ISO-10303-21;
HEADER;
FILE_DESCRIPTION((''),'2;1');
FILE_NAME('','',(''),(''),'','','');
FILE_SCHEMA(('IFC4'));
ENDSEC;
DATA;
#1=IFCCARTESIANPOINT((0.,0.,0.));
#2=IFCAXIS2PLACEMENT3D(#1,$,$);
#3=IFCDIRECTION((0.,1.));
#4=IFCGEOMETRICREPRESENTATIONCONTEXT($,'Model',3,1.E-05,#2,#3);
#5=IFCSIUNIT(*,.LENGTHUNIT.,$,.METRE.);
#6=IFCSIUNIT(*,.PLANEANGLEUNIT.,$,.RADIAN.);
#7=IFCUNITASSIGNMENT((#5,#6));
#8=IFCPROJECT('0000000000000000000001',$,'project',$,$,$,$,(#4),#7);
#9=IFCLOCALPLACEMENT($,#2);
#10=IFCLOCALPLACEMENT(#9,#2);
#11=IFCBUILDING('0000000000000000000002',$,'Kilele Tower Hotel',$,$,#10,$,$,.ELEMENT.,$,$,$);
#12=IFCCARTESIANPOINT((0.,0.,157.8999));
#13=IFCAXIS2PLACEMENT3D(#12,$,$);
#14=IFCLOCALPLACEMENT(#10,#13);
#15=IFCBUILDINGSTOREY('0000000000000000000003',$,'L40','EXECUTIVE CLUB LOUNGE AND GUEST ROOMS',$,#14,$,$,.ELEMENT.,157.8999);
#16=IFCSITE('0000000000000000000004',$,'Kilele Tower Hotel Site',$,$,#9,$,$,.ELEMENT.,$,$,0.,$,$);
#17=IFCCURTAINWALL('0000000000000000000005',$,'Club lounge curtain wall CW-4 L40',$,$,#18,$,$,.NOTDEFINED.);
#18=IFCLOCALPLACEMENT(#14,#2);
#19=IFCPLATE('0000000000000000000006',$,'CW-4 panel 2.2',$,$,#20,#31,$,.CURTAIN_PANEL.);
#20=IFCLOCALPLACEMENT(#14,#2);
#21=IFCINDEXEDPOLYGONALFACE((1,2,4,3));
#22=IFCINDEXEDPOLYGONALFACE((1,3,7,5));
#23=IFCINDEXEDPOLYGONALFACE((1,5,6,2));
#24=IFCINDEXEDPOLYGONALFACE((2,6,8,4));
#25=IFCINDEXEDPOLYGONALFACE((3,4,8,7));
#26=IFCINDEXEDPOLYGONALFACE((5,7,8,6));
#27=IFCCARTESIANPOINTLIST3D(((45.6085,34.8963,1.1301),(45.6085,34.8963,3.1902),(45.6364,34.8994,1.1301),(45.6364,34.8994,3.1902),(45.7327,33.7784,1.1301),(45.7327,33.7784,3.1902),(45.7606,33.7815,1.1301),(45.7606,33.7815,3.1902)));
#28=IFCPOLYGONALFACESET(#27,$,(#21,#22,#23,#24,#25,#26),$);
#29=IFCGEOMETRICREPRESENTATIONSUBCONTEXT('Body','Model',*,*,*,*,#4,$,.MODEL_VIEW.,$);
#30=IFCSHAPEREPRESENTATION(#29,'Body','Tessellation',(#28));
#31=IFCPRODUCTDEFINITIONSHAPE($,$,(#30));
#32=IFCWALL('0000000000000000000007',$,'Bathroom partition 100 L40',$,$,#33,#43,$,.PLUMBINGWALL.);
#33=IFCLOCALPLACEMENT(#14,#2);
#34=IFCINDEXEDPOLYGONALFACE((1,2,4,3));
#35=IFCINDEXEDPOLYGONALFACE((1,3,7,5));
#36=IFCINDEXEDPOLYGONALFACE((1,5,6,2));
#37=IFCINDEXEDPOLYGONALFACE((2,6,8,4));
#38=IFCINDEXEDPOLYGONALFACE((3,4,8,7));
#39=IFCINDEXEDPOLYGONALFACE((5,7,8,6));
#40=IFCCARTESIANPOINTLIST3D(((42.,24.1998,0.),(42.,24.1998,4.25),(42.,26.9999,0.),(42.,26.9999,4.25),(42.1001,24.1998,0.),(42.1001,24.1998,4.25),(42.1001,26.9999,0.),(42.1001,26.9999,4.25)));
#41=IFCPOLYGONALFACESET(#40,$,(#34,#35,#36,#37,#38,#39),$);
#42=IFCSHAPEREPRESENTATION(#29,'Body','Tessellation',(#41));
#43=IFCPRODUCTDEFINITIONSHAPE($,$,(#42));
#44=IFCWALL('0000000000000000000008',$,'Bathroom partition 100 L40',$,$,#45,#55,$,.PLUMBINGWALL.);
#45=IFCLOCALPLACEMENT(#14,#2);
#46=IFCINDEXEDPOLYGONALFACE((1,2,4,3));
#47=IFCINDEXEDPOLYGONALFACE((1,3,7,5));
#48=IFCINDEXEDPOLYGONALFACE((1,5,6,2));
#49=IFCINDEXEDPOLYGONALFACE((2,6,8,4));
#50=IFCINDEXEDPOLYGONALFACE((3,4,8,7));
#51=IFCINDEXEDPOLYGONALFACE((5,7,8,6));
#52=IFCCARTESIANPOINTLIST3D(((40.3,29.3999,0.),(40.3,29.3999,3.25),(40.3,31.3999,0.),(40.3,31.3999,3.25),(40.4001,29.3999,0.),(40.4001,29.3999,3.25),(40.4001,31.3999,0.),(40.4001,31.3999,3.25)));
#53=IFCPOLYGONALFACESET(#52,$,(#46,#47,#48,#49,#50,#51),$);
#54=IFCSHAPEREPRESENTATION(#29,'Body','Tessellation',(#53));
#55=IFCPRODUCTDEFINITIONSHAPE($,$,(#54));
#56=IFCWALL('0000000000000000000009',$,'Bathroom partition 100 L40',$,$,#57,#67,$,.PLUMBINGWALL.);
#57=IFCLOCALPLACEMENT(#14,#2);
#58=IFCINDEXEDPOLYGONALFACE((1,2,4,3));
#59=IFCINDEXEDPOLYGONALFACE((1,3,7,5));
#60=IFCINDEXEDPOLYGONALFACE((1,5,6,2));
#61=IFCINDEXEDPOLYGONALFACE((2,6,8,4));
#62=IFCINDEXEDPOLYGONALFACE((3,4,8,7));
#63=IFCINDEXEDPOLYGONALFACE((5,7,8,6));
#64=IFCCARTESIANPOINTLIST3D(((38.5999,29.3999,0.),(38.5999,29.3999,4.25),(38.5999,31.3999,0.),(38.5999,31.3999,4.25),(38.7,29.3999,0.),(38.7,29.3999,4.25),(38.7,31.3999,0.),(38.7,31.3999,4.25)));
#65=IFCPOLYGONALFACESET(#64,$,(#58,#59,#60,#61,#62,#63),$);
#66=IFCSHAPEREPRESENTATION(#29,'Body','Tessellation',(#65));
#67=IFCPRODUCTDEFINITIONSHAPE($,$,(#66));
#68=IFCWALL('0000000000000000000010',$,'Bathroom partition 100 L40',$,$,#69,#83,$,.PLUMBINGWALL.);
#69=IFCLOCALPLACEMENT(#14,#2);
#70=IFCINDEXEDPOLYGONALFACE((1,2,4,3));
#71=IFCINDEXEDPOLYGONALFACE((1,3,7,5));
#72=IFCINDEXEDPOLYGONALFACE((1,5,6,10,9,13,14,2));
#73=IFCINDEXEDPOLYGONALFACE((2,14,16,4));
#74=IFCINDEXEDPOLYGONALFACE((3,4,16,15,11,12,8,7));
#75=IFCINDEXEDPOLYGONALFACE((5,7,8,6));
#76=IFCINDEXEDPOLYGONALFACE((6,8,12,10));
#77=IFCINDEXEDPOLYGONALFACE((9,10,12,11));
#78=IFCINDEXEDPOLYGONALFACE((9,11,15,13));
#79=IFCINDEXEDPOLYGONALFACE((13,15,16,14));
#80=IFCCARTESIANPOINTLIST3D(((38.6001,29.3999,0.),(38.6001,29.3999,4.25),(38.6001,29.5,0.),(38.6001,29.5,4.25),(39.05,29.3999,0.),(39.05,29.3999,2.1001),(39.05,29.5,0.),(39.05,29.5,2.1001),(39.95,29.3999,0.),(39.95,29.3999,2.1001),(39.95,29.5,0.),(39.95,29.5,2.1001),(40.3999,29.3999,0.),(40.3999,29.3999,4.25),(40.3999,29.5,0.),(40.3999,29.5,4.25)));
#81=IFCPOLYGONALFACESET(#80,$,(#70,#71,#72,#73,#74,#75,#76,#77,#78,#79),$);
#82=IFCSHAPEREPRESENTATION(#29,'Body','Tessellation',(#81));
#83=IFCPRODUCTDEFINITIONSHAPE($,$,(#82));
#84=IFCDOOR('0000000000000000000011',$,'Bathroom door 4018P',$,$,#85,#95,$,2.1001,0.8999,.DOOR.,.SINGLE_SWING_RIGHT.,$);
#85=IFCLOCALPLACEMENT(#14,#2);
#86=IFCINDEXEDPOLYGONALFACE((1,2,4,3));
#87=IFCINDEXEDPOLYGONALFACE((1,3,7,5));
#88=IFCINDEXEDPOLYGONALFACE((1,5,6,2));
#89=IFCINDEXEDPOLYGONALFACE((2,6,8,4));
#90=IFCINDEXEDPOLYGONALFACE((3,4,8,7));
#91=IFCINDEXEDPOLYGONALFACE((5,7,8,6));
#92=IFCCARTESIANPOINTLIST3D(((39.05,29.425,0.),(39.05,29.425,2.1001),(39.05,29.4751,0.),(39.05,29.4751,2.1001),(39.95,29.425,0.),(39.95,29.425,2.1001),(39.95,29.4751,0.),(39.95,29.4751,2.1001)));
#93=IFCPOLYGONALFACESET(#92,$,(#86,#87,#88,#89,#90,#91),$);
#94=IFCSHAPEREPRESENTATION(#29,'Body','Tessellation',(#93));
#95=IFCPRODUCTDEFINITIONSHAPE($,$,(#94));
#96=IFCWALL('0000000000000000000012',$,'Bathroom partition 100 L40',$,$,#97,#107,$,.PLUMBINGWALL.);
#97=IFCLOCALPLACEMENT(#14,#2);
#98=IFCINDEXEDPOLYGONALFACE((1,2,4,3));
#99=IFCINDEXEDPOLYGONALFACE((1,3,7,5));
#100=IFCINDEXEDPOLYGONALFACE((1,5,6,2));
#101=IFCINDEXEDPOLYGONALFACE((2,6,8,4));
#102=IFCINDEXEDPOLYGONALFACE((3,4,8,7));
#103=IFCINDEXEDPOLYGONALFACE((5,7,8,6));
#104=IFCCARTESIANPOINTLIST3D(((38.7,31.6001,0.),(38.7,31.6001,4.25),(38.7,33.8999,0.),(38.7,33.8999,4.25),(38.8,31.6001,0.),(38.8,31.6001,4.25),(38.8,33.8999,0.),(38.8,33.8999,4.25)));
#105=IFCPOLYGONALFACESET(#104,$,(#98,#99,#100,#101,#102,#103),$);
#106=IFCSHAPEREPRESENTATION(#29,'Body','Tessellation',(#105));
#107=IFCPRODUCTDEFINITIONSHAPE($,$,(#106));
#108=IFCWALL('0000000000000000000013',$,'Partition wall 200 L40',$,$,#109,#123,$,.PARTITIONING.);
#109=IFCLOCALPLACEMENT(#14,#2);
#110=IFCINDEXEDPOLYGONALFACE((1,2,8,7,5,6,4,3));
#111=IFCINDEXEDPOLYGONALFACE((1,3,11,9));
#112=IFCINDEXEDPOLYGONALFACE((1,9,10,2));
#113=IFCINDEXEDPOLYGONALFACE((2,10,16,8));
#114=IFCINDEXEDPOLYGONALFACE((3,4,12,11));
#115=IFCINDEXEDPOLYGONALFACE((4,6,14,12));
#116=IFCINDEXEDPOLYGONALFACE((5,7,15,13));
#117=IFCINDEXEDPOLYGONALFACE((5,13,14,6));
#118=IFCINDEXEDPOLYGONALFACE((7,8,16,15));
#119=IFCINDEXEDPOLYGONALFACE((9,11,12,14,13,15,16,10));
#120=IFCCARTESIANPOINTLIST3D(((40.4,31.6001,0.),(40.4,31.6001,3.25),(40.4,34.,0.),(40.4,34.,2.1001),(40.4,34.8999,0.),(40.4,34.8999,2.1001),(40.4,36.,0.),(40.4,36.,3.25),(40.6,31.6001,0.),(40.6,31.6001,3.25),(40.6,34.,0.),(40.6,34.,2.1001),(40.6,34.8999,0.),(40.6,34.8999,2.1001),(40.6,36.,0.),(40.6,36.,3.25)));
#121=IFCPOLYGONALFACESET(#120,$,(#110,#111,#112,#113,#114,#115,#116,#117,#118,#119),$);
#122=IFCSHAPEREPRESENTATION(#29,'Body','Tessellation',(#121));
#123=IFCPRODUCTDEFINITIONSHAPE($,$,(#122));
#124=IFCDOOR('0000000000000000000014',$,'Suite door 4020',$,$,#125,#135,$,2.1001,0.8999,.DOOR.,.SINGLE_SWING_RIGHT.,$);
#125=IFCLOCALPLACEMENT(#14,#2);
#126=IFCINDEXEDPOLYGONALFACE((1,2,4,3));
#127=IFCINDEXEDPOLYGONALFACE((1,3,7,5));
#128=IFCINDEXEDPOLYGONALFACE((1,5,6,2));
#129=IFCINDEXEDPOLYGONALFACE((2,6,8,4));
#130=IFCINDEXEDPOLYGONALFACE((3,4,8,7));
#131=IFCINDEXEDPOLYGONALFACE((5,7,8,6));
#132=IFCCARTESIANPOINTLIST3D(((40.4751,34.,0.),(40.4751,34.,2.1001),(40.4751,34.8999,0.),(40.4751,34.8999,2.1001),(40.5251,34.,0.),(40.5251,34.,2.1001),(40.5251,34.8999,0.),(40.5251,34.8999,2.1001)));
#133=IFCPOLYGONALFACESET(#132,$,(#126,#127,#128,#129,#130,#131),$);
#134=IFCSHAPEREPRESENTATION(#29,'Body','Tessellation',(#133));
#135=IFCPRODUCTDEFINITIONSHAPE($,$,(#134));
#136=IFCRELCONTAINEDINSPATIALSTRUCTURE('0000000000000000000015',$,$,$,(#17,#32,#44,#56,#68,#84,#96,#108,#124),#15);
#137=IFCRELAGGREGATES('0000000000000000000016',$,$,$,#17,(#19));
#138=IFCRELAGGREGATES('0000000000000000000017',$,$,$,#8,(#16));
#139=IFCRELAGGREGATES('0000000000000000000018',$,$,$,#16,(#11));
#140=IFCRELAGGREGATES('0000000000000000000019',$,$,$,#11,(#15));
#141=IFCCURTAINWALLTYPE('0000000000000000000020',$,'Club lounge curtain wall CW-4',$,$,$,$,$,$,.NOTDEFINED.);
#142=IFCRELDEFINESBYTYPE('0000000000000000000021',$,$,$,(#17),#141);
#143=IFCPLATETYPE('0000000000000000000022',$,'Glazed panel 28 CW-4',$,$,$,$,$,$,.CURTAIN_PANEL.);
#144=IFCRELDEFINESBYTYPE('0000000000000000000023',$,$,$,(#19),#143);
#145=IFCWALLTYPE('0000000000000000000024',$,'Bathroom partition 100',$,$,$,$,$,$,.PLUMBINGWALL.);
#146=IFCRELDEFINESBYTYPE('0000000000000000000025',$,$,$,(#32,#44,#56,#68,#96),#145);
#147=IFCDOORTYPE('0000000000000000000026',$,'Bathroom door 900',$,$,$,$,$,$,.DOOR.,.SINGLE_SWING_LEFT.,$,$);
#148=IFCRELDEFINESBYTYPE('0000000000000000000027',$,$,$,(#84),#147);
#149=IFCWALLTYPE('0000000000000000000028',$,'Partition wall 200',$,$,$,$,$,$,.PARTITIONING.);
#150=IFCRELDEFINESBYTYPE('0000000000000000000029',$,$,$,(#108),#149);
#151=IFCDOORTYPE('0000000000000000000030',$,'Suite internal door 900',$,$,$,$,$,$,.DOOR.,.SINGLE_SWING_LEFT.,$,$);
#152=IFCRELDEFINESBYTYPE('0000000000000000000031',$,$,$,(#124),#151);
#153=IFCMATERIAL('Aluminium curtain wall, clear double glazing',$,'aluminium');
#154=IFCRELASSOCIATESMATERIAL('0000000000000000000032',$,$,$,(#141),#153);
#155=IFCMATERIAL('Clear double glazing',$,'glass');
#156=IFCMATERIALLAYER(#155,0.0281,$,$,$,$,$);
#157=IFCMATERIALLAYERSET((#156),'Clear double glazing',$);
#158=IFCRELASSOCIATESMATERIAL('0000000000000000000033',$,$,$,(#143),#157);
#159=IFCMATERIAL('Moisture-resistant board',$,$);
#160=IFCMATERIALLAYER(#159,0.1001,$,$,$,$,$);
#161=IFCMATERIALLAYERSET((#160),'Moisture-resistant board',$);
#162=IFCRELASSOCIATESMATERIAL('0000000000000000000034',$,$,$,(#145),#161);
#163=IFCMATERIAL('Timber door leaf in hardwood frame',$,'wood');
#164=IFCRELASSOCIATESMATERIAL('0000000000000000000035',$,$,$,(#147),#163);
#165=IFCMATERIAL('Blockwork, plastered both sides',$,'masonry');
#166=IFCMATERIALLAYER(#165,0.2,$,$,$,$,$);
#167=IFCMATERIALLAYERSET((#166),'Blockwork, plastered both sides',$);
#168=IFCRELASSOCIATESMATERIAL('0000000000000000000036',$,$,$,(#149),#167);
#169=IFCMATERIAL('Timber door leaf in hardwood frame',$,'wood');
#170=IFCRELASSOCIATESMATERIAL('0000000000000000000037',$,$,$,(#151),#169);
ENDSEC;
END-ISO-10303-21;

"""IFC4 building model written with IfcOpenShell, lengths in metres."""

from ifc_helpers import new_model, si_unit, direction, frame, frame_2d, origin, origin_2d, place, context, subcontext, project, spatial, rectangle, extrude, material, layer, layer_set, type_object, element, fill, aggregate, save


model = new_model("IFC4")

# Units and contexts
model_context = context("Model", 3, precision=1e-05, world=origin(), true_north=direction((0.0, 1.0)))
body_context = subcontext(model_context, "Body", "Model", "MODEL_VIEW")
ifc_project = project(units=[si_unit("LENGTHUNIT", "METRE"), si_unit("PLANEANGLEUNIT", "RADIAN")], contexts=[model_context])

# Site, building, storey
site_placement = place(None, origin())
site = spatial("IfcSite", under=ifc_project, at=site_placement, Name="Kilele Tower Hotel Site", CompositionType="ELEMENT", RefElevation=0.0)
building_placement = place(site_placement, origin())
building = spatial("IfcBuilding", under=site, at=building_placement, Name="Kilele Tower Hotel", CompositionType="ELEMENT")
storey_placement = place(building_placement, frame((0.0, 0.0, 157.8999)))
storey = spatial("IfcBuildingStorey", under=building, at=storey_placement, Name="L40", Description="EXECUTIVE CLUB LOUNGE AND GUEST ROOMS", CompositionType="ELEMENT", Elevation=157.8999)

# Shared definitions
ifc_material_1 = material(Name="Aluminium curtain wall, clear double glazing", Category="aluminium")
curtain_wall_type = type_object("IfcCurtainWallType", Name="Club lounge curtain wall CW-4", PredefinedType="NOTDEFINED", material=ifc_material_1)

# Curtain wall
curtain_wall_1_placement = place(storey_placement, origin())
curtain_wall_1 = element("IfcCurtainWall", 1, at=curtain_wall_1_placement, inside=storey, type_object=curtain_wall_type, Name="Club lounge curtain wall CW-4 L40", PredefinedType="NOTDEFINED")

# Plate
ifc_material_2 = material(Name="Clear double glazing", Category="glass")
ifc_layer_1 = layer(ifc_material_2, 0.0281)
ifc_layer_set_1 = layer_set([ifc_layer_1], Name="Clear double glazing")
plate_type = type_object("IfcPlateType", Name="Glazed panel 28 CW-4", PredefinedType="CURTAIN_PANEL", material=ifc_layer_set_1)
plate_1_placement = place(storey_placement, frame((45.6846, 34.3389, 1.1301), z_axis=(0.0, 0.0, 1.0), x_axis=(-0.110432, 0.993884, 0.0)))
plate_1 = element("IfcPlate", 2, at=plate_1_placement, type_object=plate_type, Name="CW-4 panel 2.2", PredefinedType="CURTAIN_PANEL", context=body_context, shape_type="SweptSolid", body=[
    extrude(rectangle(XDim=1.1248, YDim=0.0281, at=origin_2d()), origin(), (0.0, 0.0, 1.0), 2.0601),
])
aggregate(curtain_wall_1, [plate_1])

# Walls
ifc_material_3 = material(Name="Moisture-resistant board")
ifc_layer_2 = layer(ifc_material_3, 0.1001)
ifc_layer_set_2 = layer_set([ifc_layer_2], Name="Moisture-resistant board")
wall_type_1 = type_object("IfcWallType", Name="Bathroom partition 100", PredefinedType="PLUMBINGWALL", material=ifc_layer_set_2)
wall_1_placement = place(storey_placement, frame((42.05, 24.2, 0.0), z_axis=(0.0, 0.0, 1.0), x_axis=(0.0, 1.0, 0.0)))
element("IfcWall", 3, at=wall_1_placement, inside=storey, type_object=wall_type_1, Name="Bathroom partition 100 L40", PredefinedType="PLUMBINGWALL", context=body_context, shape_type="SweptSolid", body=[
    extrude(rectangle(XDim=2.8, YDim=0.1001, at=frame_2d((1.3999, 0.0))), origin(), (0.0, 0.0, 1.0), 4.25),
])
wall_2_placement = place(storey_placement, frame((40.3501, 31.3999, 0.0), z_axis=(0.0, 0.0, 1.0), x_axis=(0.0, -1.0, 0.0)))
element("IfcWall", 4, at=wall_2_placement, inside=storey, type_object=wall_type_1, Name="Bathroom partition 100 L40", PredefinedType="PLUMBINGWALL", context=body_context, shape_type="SweptSolid", body=[
    extrude(rectangle(XDim=2.0, YDim=0.1001, at=frame_2d((1.0, 0.0))), origin(), (0.0, 0.0, 1.0), 3.25),
])
wall_3_placement = place(storey_placement, frame((38.6499, 31.3999, 0.0), z_axis=(0.0, 0.0, 1.0), x_axis=(0.0, -1.0, 0.0)))
element("IfcWall", 5, at=wall_3_placement, inside=storey, type_object=wall_type_1, Name="Bathroom partition 100 L40", PredefinedType="PLUMBINGWALL", context=body_context, shape_type="SweptSolid", body=[
    extrude(rectangle(XDim=2.0, YDim=0.1001, at=frame_2d((1.0, 0.0))), origin(), (0.0, 0.0, 1.0), 4.25),
])

# Wall, opening, door
wall_4_placement = place(storey_placement, frame((38.6001, 29.45, 0.0), z_axis=(0.0, 0.0, 1.0), x_axis=(1.0, 0.0, 0.0)))
wall_4 = element("IfcWall", 6, at=wall_4_placement, inside=storey, type_object=wall_type_1, Name="Bathroom partition 100 L40", PredefinedType="PLUMBINGWALL", context=body_context, shape_type="SweptSolid", body=[
    extrude(rectangle(XDim=1.7998, YDim=0.1001, at=frame_2d((0.8999, 0.0))), origin(), (0.0, 0.0, 1.0), 4.25),
])
opening_1_placement = place(wall_4_placement, frame((1.3499, 0.0, 0.0), z_axis=(0.0, 0.0, 1.0), x_axis=(-1.0, 0.0, 0.0)))
opening_1 = element("IfcOpeningElement", 7, at=opening_1_placement, cuts=wall_4, PredefinedType="OPENING", context=body_context, shape_type="SweptSolid", body=[
    extrude(rectangle(XDim=0.8999, YDim=2.1001, at=frame_2d((0.45, 1.05))), frame((0.0, 0.0601, 0.0), z_axis=(0.0, -1.0, 0.0), x_axis=(1.0, 0.0, 0.0)), (0.0, 0.0, 1.0), 0.1201),
])
ifc_material_4 = material(Name="Timber door leaf in hardwood frame", Category="wood")
door_type_1 = type_object("IfcDoorType", Name="Bathroom door 900", OperationType="SINGLE_SWING_LEFT", PredefinedType="DOOR", material=ifc_material_4)
door_1_placement = place(opening_1_placement, origin())
door_1 = element("IfcDoor", 8, at=door_1_placement, inside=storey, type_object=door_type_1, Name="Bathroom door 4018P", OperationType="SINGLE_SWING_RIGHT", OverallHeight=2.1001, OverallWidth=0.8999, PredefinedType="DOOR", context=body_context, shape_type="SweptSolid", body=[
    extrude(rectangle(XDim=0.8999, YDim=2.1001, at=frame_2d((0.45, 1.05))), frame((0.0, 0.0249, 0.0), z_axis=(0.0, -1.0, 0.0), x_axis=(1.0, 0.0, 0.0)), (0.0, 0.0, 1.0), 0.05),
])
fill(opening_1, door_1)

# Wall
wall_5_placement = place(storey_placement, frame((38.75, 31.6001, 0.0), z_axis=(0.0, 0.0, 1.0), x_axis=(0.0, 1.0, 0.0)))
element("IfcWall", 9, at=wall_5_placement, inside=storey, type_object=wall_type_1, Name="Bathroom partition 100 L40", PredefinedType="PLUMBINGWALL", context=body_context, shape_type="SweptSolid", body=[
    extrude(rectangle(XDim=2.2998, YDim=0.1001, at=frame_2d((1.1499, 0.0))), origin(), (0.0, 0.0, 1.0), 4.25),
])

# Wall, opening, door
ifc_material_5 = material(Name="Blockwork, plastered both sides", Category="masonry")
ifc_layer_3 = layer(ifc_material_5, 0.2)
ifc_layer_set_3 = layer_set([ifc_layer_3], Name="Blockwork, plastered both sides")
wall_type_2 = type_object("IfcWallType", Name="Partition wall 200", PredefinedType="PARTITIONING", material=ifc_layer_set_3)
wall_6_placement = place(storey_placement, frame((40.5, 31.6001, 0.0), z_axis=(0.0, 0.0, 1.0), x_axis=(0.0, 1.0, 0.0)))
wall_6 = element("IfcWall", 10, at=wall_6_placement, inside=storey, type_object=wall_type_2, Name="Partition wall 200 L40", PredefinedType="PARTITIONING", context=body_context, shape_type="SweptSolid", body=[
    extrude(rectangle(XDim=4.3999, YDim=0.2, at=frame_2d((2.2, 0.0))), origin(), (0.0, 0.0, 1.0), 3.25),
])
opening_2_placement = place(wall_6_placement, frame((2.3999, 0.0, 0.0)))
opening_2 = element("IfcOpeningElement", 11, at=opening_2_placement, cuts=wall_6, PredefinedType="OPENING", context=body_context, shape_type="SweptSolid", body=[
    extrude(rectangle(XDim=0.8999, YDim=2.1001, at=frame_2d((0.45, 1.05))), frame((0.0, 0.1099, 0.0), z_axis=(0.0, -1.0, 0.0), x_axis=(1.0, 0.0, 0.0)), (0.0, 0.0, 1.0), 0.22),
])
ifc_material_6 = material(Name="Timber door leaf in hardwood frame", Category="wood")
door_type_2 = type_object("IfcDoorType", Name="Suite internal door 900", OperationType="SINGLE_SWING_LEFT", PredefinedType="DOOR", material=ifc_material_6)
door_2_placement = place(opening_2_placement, origin())
door_2 = element("IfcDoor", 12, at=door_2_placement, inside=storey, type_object=door_type_2, Name="Suite door 4020", OperationType="SINGLE_SWING_RIGHT", OverallHeight=2.1001, OverallWidth=0.8999, PredefinedType="DOOR", context=body_context, shape_type="SweptSolid", body=[
    extrude(rectangle(XDim=0.8999, YDim=2.1001, at=frame_2d((0.45, 1.05))), frame((0.0, 0.0249, 0.0), z_axis=(0.0, -1.0, 0.0), x_axis=(1.0, 0.0, 0.0)), (0.0, 0.0, 1.0), 0.05),
])
fill(opening_2, door_2)

save(model, "model.ifc")
